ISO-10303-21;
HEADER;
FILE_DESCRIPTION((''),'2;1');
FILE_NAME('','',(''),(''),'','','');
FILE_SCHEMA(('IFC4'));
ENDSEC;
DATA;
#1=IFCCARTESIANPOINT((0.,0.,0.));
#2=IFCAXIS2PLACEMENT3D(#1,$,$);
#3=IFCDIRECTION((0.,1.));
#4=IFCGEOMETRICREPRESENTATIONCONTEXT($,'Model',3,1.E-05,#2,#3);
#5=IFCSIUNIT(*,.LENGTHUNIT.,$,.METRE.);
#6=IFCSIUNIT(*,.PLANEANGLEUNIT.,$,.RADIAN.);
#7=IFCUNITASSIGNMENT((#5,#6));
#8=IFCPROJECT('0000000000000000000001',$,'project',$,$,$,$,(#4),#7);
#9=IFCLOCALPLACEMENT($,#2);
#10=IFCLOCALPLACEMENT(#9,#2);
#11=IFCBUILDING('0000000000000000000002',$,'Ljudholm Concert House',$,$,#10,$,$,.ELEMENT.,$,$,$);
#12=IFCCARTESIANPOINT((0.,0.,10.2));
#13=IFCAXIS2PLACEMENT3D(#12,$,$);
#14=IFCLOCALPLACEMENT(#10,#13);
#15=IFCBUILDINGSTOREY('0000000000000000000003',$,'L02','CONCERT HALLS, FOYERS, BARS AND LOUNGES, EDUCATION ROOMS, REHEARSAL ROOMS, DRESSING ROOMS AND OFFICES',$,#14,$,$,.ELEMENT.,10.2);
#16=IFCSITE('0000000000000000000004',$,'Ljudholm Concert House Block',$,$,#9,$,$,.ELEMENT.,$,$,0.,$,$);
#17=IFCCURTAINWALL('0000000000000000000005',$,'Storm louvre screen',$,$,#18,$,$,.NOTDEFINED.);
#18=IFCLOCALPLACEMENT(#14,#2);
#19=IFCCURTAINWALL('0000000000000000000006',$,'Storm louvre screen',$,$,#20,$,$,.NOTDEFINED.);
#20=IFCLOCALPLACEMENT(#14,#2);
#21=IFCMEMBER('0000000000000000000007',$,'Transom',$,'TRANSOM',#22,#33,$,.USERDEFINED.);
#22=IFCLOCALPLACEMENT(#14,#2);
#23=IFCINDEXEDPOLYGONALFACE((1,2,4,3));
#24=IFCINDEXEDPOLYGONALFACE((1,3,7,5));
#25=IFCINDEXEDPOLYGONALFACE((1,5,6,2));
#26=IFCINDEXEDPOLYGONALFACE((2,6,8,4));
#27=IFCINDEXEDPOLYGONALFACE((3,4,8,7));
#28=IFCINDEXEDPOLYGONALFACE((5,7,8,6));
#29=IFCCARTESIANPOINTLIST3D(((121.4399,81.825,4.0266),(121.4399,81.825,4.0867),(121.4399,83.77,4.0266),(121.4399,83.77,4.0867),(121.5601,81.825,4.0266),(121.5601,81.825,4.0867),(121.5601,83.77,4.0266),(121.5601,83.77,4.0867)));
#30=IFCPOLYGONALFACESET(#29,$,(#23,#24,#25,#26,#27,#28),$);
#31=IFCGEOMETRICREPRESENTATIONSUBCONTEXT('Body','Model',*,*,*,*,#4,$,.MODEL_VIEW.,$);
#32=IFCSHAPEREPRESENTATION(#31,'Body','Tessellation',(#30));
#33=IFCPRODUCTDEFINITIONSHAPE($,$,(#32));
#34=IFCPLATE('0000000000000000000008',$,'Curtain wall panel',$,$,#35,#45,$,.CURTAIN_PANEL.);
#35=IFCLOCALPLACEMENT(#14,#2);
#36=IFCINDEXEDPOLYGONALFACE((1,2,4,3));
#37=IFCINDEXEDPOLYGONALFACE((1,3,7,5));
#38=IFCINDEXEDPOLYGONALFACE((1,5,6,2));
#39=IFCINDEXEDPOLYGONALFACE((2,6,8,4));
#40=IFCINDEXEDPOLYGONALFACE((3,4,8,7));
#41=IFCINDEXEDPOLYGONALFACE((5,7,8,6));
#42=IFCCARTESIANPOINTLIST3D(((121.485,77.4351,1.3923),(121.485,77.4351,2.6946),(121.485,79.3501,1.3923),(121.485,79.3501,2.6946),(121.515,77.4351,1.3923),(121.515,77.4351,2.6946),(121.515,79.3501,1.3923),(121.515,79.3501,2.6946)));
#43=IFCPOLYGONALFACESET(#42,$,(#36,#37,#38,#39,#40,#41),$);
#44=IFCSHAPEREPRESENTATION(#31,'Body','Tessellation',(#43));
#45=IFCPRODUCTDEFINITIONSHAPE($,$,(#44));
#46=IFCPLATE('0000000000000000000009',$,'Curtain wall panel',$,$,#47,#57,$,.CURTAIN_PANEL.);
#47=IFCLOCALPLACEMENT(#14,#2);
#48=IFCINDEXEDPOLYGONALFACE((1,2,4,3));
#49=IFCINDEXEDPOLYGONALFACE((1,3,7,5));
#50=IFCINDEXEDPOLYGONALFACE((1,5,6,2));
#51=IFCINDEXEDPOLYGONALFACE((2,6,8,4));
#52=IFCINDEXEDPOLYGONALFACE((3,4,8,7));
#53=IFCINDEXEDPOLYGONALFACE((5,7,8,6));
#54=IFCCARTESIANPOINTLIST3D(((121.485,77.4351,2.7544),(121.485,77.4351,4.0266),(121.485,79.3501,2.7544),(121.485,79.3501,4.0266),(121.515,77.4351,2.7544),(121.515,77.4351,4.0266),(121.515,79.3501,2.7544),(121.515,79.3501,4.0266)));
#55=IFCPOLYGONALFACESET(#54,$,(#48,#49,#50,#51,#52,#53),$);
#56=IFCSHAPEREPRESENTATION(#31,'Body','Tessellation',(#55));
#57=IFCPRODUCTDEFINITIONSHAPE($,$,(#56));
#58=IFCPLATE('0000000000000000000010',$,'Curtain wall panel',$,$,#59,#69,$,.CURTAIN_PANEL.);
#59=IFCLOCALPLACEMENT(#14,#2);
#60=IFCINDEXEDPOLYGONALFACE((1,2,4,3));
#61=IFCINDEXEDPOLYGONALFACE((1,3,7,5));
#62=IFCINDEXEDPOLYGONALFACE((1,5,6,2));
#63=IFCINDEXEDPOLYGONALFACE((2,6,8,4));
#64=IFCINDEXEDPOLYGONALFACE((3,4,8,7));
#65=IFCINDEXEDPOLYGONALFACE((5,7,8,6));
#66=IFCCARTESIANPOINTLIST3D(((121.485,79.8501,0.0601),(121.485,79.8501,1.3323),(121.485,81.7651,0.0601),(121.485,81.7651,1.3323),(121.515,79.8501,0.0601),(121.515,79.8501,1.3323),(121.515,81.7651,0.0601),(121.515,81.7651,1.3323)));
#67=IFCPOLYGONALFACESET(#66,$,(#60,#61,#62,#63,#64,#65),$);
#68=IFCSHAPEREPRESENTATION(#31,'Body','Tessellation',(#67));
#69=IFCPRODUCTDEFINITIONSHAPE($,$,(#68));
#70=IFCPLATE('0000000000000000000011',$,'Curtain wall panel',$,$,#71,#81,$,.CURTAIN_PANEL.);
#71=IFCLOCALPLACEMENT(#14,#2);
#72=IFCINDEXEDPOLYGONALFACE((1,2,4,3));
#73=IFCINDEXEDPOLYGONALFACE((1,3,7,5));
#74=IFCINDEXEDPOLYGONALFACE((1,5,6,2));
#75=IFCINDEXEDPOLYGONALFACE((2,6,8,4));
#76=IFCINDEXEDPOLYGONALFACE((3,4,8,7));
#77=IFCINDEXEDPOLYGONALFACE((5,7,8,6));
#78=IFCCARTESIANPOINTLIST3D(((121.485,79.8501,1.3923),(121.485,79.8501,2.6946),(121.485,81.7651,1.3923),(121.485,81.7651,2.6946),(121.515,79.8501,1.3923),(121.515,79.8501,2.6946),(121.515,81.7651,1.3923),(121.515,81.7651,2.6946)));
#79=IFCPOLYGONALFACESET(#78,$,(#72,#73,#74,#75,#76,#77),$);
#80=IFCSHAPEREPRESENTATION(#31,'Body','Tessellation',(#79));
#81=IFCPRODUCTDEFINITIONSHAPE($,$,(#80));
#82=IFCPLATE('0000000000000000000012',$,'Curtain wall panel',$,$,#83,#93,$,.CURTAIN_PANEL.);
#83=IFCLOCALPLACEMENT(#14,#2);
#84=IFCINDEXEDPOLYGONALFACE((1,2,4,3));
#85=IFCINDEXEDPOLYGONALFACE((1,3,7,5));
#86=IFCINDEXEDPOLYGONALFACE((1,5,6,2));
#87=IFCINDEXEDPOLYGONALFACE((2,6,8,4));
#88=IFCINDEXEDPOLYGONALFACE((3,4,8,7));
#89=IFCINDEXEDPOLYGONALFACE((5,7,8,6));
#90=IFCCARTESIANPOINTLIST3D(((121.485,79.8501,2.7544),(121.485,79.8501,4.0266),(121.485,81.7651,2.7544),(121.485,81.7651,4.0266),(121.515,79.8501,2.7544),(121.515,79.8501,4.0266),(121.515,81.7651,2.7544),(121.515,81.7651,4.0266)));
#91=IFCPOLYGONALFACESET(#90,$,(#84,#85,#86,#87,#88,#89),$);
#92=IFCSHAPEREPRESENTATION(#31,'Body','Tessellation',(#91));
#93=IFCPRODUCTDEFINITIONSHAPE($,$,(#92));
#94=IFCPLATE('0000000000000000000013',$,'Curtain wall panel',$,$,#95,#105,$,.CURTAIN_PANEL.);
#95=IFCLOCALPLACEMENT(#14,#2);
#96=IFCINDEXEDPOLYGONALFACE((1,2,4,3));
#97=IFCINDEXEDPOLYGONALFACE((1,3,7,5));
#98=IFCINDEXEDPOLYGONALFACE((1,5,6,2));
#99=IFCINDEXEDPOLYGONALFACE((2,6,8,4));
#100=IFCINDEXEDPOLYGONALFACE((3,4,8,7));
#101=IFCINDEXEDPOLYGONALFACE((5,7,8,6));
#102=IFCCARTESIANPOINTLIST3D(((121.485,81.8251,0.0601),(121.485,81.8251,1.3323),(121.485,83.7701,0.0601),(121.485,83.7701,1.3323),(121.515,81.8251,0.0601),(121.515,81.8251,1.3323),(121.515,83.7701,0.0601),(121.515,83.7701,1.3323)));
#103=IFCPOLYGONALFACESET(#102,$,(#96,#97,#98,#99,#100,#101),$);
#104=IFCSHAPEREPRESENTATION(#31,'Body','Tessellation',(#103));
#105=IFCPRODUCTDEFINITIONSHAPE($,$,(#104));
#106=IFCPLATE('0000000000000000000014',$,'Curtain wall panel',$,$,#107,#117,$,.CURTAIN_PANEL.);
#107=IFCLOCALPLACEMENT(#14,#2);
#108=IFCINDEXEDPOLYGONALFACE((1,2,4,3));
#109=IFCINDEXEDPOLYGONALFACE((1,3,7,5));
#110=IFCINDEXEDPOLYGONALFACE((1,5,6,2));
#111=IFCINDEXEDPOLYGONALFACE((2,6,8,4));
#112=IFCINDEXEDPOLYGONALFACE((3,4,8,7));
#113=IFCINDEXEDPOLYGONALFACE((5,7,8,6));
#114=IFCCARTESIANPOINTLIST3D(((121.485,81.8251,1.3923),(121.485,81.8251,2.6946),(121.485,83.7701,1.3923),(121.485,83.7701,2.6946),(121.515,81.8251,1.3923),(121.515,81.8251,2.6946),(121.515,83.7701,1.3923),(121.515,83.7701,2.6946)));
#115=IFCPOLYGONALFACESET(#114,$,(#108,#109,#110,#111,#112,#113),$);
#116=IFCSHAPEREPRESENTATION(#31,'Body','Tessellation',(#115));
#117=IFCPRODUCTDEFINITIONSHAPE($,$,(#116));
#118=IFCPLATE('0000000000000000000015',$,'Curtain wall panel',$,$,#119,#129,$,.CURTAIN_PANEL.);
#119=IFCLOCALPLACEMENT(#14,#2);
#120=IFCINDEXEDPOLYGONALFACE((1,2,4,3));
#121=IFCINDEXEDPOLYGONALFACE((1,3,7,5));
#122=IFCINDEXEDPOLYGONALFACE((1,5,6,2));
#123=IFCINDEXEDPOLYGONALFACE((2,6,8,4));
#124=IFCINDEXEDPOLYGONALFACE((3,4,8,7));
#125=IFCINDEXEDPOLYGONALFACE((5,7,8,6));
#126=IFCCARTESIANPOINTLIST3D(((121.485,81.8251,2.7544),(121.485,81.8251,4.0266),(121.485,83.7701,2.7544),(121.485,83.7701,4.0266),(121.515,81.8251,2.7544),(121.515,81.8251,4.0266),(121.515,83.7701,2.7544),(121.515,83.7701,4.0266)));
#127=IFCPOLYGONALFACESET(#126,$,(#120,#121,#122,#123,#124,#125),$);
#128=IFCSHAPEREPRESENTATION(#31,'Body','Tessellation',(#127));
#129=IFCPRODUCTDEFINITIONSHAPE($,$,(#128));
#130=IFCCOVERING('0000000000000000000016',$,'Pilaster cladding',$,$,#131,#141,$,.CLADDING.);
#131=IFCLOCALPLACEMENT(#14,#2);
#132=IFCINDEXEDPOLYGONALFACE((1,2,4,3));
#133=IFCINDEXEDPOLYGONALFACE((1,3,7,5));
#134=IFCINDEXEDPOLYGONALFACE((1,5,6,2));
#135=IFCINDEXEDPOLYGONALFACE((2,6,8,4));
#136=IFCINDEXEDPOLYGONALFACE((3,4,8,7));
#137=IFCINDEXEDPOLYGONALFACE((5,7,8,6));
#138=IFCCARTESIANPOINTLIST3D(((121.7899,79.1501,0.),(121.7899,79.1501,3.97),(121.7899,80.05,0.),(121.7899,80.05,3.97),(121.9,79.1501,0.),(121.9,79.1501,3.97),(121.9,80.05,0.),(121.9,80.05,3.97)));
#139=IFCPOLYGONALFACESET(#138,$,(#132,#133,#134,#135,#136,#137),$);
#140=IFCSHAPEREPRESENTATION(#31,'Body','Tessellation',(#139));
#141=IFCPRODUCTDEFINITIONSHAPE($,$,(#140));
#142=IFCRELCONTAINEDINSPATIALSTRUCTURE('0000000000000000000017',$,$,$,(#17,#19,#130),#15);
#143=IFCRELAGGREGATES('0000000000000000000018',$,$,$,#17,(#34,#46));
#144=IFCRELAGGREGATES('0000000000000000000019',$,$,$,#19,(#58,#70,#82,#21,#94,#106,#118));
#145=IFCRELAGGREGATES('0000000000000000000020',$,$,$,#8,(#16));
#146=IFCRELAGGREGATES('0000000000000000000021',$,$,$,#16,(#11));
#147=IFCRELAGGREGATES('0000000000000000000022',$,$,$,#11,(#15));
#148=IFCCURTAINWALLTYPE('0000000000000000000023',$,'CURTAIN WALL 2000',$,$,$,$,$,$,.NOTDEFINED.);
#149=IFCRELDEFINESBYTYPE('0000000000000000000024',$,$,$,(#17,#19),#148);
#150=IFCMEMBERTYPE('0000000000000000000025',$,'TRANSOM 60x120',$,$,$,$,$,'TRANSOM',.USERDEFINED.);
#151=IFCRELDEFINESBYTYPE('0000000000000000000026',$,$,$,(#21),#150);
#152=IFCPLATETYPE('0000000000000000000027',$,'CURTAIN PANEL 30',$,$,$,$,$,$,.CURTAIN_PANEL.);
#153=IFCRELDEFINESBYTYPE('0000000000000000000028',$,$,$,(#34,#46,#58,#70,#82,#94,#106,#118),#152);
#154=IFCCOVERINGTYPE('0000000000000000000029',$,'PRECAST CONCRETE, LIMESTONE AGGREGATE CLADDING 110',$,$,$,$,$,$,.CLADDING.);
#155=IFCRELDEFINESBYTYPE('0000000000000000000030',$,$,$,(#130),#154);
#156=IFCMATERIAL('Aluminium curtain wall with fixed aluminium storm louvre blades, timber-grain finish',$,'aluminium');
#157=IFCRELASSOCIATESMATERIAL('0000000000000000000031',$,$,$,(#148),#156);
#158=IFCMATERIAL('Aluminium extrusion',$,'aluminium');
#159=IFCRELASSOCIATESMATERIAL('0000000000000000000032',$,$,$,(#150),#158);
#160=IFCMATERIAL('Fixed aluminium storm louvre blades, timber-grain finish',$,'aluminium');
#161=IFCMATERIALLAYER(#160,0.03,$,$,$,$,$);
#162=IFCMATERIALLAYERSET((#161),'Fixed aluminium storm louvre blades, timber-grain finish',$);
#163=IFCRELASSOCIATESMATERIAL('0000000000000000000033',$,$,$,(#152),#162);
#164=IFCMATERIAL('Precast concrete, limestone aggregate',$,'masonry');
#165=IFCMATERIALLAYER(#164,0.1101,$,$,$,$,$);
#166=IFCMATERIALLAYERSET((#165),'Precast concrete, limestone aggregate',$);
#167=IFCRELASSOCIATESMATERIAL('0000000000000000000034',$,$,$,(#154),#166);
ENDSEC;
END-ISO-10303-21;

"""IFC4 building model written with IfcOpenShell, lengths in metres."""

from ifc_helpers import new_model, si_unit, direction, frame, origin, origin_2d, place, context, subcontext, project, spatial, rectangle, extrude, material, layer, layer_set, material_profile, profile_set, type_object, element, aggregate, save


model = new_model("IFC4")

# Units and contexts
model_context = context("Model", 3, precision=1e-05, world=origin(), true_north=direction((0.0, 1.0)))
body_context = subcontext(model_context, "Body", "Model", "MODEL_VIEW")
ifc_project = project(units=[si_unit("LENGTHUNIT", "METRE"), si_unit("PLANEANGLEUNIT", "RADIAN")], contexts=[model_context])

# Site, building, storey
site_placement = place(None, origin())
site = spatial("IfcSite", under=ifc_project, at=site_placement, Name="Ljudholm Concert House Block", CompositionType="ELEMENT", RefElevation=0.0)
building_placement = place(site_placement, origin())
building = spatial("IfcBuilding", under=site, at=building_placement, Name="Ljudholm Concert House", CompositionType="ELEMENT")
storey_placement = place(building_placement, frame((0.0, 0.0, 10.2)))
storey = spatial("IfcBuildingStorey", under=building, at=storey_placement, Name="L02", Description="CONCERT HALLS, FOYERS, BARS AND LOUNGES, EDUCATION ROOMS, REHEARSAL ROOMS, DRESSING ROOMS AND OFFICES", CompositionType="ELEMENT", Elevation=10.2)

# Curtain wall
ifc_material_1 = material(Name="Aluminium curtain wall with fixed aluminium storm louvre blades, timber-grain finish", Category="aluminium")
curtain_wall_type = type_object("IfcCurtainWallType", Name="CURTAIN WALL 2000", PredefinedType="NOTDEFINED", material=ifc_material_1)
curtain_wall_1_placement = place(storey_placement, origin())
curtain_wall_1 = element("IfcCurtainWall", 1, at=curtain_wall_1_placement, inside=storey, type_object=curtain_wall_type, Name="Storm louvre screen", PredefinedType="NOTDEFINED")

# Curtain wall
curtain_wall_2_placement = place(storey_placement, origin())
curtain_wall_2 = element("IfcCurtainWall", 2, at=curtain_wall_2_placement, inside=storey, type_object=curtain_wall_type, Name="Storm louvre screen", PredefinedType="NOTDEFINED")

# Member
ifc_material_2 = material(Name="Aluminium extrusion", Category="aluminium")
ifc_material_profile_1 = material_profile(ifc_material_2, rectangle(XDim=0.1201, YDim=0.0601, at=origin_2d()), Name="TRANSOM 60x120")
ifc_profile_set_1 = profile_set([ifc_material_profile_1], Name="Aluminium extrusion")
member_type_1 = type_object("IfcMemberType", Name="TRANSOM 60x120", ElementType="TRANSOM", PredefinedType="USERDEFINED", material=ifc_profile_set_1)
member_1_placement = place(storey_placement, frame((121.5, 81.825, 4.0566), z_axis=(0.0, 1.0, 0.0), x_axis=(-1.0, 0.0, 0.0)))
member_1 = element("IfcMember", 3, at=member_1_placement, type_object=member_type_1, Name="Transom", ObjectType="TRANSOM", PredefinedType="USERDEFINED", context=body_context, shape_type="SweptSolid", body=[
    extrude(rectangle(XDim=0.1201, YDim=0.0601, at=origin_2d()), origin(), (0.0, 0.0, 1.0), 1.9451),
])

# Plates
ifc_material_3 = material(Name="Fixed aluminium storm louvre blades, timber-grain finish", Category="aluminium")
ifc_layer_1 = layer(ifc_material_3, 0.03)
ifc_layer_set_1 = layer_set([ifc_layer_1], Name="Fixed aluminium storm louvre blades, timber-grain finish")
plate_type = type_object("IfcPlateType", Name="CURTAIN PANEL 30", PredefinedType="CURTAIN_PANEL", material=ifc_layer_set_1)
plate_1_placement = place(storey_placement, frame((121.5, 78.3926, 1.3923), z_axis=(0.0, 0.0, 1.0), x_axis=(0.0, 1.0, 0.0)))
plate_1 = element("IfcPlate", 4, at=plate_1_placement, type_object=plate_type, Name="Curtain wall panel", PredefinedType="CURTAIN_PANEL", context=body_context, shape_type="SweptSolid", body=[
    extrude(rectangle(XDim=1.915, YDim=0.03, at=origin_2d()), origin(), (0.0, 0.0, 1.0), 1.3022),
])
plate_2_placement = place(storey_placement, frame((121.5, 78.3926, 2.7544), z_axis=(0.0, 0.0, 1.0), x_axis=(0.0, 1.0, 0.0)))
plate_2 = element("IfcPlate", 5, at=plate_2_placement, type_object=plate_type, Name="Curtain wall panel", PredefinedType="CURTAIN_PANEL", context=body_context, shape_type="SweptSolid", body=[
    extrude(rectangle(XDim=1.915, YDim=0.03, at=origin_2d()), origin(), (0.0, 0.0, 1.0), 1.2722),
])
aggregate(curtain_wall_1, [plate_1, plate_2])
plate_3_placement = place(storey_placement, frame((121.5, 80.8076, 0.0601), z_axis=(0.0, 0.0, 1.0), x_axis=(0.0, 1.0, 0.0)))
plate_3 = element("IfcPlate", 6, at=plate_3_placement, type_object=plate_type, Name="Curtain wall panel", PredefinedType="CURTAIN_PANEL", context=body_context, shape_type="SweptSolid", body=[
    extrude(rectangle(XDim=1.915, YDim=0.03, at=origin_2d()), origin(), (0.0, 0.0, 1.0), 1.2722),
])
plate_4_placement = place(storey_placement, frame((121.5, 80.8076, 1.3923), z_axis=(0.0, 0.0, 1.0), x_axis=(0.0, 1.0, 0.0)))
plate_4 = element("IfcPlate", 7, at=plate_4_placement, type_object=plate_type, Name="Curtain wall panel", PredefinedType="CURTAIN_PANEL", context=body_context, shape_type="SweptSolid", body=[
    extrude(rectangle(XDim=1.915, YDim=0.03, at=origin_2d()), origin(), (0.0, 0.0, 1.0), 1.3022),
])
plate_5_placement = place(storey_placement, frame((121.5, 80.8076, 2.7544), z_axis=(0.0, 0.0, 1.0), x_axis=(0.0, 1.0, 0.0)))
plate_5 = element("IfcPlate", 8, at=plate_5_placement, type_object=plate_type, Name="Curtain wall panel", PredefinedType="CURTAIN_PANEL", context=body_context, shape_type="SweptSolid", body=[
    extrude(rectangle(XDim=1.915, YDim=0.03, at=origin_2d()), origin(), (0.0, 0.0, 1.0), 1.2722),
])
plate_6_placement = place(storey_placement, frame((121.5, 82.7976, 0.0601), z_axis=(0.0, 0.0, 1.0), x_axis=(0.0, 1.0, 0.0)))
plate_6 = element("IfcPlate", 9, at=plate_6_placement, type_object=plate_type, Name="Curtain wall panel", PredefinedType="CURTAIN_PANEL", context=body_context, shape_type="SweptSolid", body=[
    extrude(rectangle(XDim=1.9451, YDim=0.03, at=origin_2d()), origin(), (0.0, 0.0, 1.0), 1.2722),
])
plate_7_placement = place(storey_placement, frame((121.5, 82.7976, 1.3923), z_axis=(0.0, 0.0, 1.0), x_axis=(0.0, 1.0, 0.0)))
plate_7 = element("IfcPlate", 10, at=plate_7_placement, type_object=plate_type, Name="Curtain wall panel", PredefinedType="CURTAIN_PANEL", context=body_context, shape_type="SweptSolid", body=[
    extrude(rectangle(XDim=1.9451, YDim=0.03, at=origin_2d()), origin(), (0.0, 0.0, 1.0), 1.3022),
])
plate_8_placement = place(storey_placement, frame((121.5, 82.7976, 2.7544), z_axis=(0.0, 0.0, 1.0), x_axis=(0.0, 1.0, 0.0)))
plate_8 = element("IfcPlate", 11, at=plate_8_placement, type_object=plate_type, Name="Curtain wall panel", PredefinedType="CURTAIN_PANEL", context=body_context, shape_type="SweptSolid", body=[
    extrude(rectangle(XDim=1.9451, YDim=0.03, at=origin_2d()), origin(), (0.0, 0.0, 1.0), 1.2722),
])
aggregate(curtain_wall_2, [plate_3, plate_4, plate_5, member_1, plate_6, plate_7, plate_8])

# Covering
ifc_material_4 = material(Name="Precast concrete, limestone aggregate", Category="masonry")
ifc_layer_2 = layer(ifc_material_4, 0.1101)
ifc_layer_set_2 = layer_set([ifc_layer_2], Name="Precast concrete, limestone aggregate")
covering_type = type_object("IfcCoveringType", Name="PRECAST CONCRETE, LIMESTONE AGGREGATE CLADDING 110", PredefinedType="CLADDING", material=ifc_layer_set_2)
covering_placement = place(storey_placement, frame((121.845, 79.6001, 0.0), z_axis=(0.0, 0.0, 1.0), x_axis=(1.0, 0.0, 0.0)))
element("IfcCovering", 12, at=covering_placement, inside=storey, type_object=covering_type, Name="Pilaster cladding", PredefinedType="CLADDING", context=body_context, shape_type="SweptSolid", body=[
    extrude(rectangle(XDim=0.1101, YDim=0.8999, at=origin_2d()), origin(), (0.0, 0.0, 1.0), 3.97),
])

save(model, "model.ifc")
